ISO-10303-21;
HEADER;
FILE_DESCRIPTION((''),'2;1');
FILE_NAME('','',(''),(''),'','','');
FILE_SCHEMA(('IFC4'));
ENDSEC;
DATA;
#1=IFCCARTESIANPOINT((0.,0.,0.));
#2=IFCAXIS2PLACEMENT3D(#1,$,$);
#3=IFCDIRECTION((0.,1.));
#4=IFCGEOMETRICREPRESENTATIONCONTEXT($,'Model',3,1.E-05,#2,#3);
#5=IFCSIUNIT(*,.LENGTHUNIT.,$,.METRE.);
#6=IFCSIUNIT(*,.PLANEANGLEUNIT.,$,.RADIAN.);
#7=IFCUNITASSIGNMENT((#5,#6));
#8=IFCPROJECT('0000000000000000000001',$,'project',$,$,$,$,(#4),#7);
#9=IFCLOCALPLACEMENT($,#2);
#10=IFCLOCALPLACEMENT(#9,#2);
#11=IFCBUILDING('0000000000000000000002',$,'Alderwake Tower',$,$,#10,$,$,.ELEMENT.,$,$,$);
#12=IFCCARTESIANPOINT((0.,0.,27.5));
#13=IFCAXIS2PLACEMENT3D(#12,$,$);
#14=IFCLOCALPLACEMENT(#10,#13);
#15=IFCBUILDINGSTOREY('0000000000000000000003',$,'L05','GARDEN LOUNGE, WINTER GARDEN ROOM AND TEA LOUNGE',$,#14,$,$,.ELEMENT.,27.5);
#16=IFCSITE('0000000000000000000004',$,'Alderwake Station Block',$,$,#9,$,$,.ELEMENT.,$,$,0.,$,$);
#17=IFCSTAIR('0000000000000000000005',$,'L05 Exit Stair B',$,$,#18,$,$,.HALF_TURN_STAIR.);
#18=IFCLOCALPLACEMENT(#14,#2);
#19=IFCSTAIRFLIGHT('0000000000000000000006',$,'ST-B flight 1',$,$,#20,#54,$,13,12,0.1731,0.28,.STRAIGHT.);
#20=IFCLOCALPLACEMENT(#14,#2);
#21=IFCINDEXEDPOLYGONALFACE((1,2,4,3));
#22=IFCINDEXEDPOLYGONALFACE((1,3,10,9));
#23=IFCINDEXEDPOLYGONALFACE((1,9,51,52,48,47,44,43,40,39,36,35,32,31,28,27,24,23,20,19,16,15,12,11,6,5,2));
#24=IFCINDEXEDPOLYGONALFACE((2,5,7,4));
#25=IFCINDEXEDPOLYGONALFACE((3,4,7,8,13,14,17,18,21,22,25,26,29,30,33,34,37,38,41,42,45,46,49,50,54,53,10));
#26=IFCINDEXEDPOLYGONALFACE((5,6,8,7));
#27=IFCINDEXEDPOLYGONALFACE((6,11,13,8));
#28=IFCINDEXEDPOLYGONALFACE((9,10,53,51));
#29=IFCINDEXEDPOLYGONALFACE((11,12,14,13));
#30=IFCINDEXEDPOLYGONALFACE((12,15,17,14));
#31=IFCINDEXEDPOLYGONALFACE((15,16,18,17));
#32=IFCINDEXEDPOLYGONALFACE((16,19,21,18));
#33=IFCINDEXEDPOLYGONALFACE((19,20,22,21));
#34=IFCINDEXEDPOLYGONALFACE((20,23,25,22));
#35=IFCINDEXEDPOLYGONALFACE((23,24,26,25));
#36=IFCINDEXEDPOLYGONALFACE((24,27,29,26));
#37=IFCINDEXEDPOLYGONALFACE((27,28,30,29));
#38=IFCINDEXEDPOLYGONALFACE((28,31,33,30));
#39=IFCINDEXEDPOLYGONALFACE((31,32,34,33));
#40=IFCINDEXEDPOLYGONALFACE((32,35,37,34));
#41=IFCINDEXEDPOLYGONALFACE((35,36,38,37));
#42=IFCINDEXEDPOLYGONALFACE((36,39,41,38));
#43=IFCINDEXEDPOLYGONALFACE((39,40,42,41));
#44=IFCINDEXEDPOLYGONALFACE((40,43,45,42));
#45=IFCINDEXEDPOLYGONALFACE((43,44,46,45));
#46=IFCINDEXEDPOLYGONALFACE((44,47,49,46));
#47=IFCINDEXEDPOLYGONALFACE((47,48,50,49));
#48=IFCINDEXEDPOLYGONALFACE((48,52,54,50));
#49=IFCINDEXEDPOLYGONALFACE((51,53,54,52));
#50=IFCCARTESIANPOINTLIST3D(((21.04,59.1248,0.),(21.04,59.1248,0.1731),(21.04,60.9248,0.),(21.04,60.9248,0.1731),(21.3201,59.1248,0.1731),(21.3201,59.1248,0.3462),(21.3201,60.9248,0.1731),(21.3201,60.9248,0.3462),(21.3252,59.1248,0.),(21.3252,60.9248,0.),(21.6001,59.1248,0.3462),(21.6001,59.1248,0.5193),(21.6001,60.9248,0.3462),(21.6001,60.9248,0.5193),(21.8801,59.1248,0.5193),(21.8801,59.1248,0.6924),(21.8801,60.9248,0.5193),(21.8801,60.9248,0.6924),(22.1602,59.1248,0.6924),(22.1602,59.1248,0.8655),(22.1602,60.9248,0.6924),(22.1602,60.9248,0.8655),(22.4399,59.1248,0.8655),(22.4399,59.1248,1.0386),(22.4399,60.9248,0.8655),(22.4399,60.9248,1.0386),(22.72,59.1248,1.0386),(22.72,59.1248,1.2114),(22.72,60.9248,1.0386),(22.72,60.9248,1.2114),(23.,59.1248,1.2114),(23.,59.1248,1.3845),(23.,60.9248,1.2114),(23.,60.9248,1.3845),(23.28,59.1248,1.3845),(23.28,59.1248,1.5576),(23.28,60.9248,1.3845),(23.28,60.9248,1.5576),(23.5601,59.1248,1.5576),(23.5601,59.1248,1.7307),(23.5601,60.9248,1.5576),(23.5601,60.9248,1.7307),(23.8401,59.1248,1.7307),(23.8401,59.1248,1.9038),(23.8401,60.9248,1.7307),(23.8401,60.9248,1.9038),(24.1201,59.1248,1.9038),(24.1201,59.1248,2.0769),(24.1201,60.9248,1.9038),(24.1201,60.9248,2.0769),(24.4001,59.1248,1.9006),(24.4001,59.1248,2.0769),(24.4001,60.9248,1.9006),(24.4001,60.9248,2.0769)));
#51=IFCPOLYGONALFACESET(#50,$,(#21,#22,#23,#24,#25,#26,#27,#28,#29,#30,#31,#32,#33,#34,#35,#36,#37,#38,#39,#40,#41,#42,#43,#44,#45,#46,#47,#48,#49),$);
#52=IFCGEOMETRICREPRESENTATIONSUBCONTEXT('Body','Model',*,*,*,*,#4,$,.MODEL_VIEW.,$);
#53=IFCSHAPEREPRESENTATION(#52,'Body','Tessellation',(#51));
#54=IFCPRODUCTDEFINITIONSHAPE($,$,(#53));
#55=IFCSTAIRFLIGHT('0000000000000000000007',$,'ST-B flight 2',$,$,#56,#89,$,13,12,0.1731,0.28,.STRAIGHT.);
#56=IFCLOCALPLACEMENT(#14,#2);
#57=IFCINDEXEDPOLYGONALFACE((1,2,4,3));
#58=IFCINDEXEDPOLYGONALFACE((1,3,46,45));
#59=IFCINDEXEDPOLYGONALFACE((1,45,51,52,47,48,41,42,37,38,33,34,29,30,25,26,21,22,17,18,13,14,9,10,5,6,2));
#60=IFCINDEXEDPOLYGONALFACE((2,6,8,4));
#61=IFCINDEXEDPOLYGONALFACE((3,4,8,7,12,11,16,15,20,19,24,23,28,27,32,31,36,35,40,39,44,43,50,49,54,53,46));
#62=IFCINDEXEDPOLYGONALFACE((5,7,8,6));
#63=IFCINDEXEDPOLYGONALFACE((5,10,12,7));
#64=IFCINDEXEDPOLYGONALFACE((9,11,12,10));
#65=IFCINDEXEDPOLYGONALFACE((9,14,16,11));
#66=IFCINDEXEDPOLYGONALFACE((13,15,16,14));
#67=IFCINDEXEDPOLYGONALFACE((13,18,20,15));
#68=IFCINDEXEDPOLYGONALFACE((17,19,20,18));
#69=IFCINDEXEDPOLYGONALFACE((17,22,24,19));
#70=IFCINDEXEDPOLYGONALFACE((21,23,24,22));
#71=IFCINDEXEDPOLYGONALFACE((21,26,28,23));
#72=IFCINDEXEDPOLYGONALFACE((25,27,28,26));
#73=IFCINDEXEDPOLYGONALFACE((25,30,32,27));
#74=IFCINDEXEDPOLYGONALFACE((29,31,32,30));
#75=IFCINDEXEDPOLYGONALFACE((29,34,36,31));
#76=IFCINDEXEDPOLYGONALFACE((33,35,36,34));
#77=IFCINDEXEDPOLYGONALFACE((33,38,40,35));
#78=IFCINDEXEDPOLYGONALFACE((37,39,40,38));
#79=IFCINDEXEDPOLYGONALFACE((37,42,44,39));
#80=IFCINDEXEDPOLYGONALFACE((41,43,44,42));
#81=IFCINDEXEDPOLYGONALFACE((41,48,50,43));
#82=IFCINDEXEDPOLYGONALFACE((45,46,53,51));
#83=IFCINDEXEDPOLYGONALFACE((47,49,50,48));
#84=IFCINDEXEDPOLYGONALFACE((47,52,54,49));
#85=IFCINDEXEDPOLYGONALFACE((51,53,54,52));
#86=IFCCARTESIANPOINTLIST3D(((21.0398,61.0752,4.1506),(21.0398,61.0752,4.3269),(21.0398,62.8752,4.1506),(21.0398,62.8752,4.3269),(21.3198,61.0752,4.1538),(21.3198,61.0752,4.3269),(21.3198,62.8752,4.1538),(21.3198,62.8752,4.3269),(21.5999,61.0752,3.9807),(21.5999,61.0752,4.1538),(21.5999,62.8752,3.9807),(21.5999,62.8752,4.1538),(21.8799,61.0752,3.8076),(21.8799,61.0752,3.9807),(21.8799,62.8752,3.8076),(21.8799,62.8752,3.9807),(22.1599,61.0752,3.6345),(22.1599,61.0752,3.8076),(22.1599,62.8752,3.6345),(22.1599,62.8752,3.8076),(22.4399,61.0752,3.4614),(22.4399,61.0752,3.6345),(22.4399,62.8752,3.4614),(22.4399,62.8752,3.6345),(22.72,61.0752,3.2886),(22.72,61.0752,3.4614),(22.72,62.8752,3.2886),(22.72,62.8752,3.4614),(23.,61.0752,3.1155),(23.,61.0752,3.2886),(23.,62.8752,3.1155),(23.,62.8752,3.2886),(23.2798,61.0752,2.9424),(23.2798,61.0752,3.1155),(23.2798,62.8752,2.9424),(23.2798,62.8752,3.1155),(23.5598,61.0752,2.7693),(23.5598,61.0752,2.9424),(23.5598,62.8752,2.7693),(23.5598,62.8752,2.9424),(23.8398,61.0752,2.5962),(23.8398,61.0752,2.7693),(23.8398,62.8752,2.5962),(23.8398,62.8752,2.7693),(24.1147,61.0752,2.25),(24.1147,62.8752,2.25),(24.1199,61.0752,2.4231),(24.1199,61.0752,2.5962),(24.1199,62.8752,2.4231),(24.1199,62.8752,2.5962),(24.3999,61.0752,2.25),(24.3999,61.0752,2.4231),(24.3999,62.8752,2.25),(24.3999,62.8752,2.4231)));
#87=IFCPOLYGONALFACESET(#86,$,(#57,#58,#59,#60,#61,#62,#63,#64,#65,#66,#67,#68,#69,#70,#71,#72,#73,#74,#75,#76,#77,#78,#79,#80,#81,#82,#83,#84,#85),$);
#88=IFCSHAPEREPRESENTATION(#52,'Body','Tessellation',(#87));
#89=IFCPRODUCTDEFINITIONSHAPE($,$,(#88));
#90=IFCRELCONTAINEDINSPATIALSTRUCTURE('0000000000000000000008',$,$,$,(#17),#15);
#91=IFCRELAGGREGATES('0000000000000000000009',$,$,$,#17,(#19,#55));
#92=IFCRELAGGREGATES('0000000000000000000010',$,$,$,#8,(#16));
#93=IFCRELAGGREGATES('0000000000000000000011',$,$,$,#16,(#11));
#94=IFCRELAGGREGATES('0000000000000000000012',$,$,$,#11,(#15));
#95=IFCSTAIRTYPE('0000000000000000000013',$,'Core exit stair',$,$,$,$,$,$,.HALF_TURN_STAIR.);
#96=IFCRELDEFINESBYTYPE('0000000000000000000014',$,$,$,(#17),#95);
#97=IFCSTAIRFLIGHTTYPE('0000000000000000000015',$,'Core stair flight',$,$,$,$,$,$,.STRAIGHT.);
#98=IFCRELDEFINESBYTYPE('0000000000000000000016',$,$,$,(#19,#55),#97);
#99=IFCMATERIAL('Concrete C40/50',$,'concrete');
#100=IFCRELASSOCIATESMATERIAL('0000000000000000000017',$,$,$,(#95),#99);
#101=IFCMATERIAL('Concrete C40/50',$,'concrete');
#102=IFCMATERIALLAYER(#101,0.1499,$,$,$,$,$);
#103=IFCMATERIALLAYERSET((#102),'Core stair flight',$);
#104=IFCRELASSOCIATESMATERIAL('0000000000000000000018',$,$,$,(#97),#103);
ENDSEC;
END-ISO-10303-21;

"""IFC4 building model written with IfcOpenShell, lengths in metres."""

from ifc_helpers import new_model, si_unit, direction, frame, origin, place, context, subcontext, project, spatial, polyline, outline, extrude, material, layer, layer_set, type_object, element, aggregate, save


model = new_model("IFC4")

# Units and contexts
model_context = context("Model", 3, precision=1e-05, world=origin(), true_north=direction((0.0, 1.0)))
body_context = subcontext(model_context, "Body", "Model", "MODEL_VIEW")
ifc_project = project(units=[si_unit("LENGTHUNIT", "METRE"), si_unit("PLANEANGLEUNIT", "RADIAN")], contexts=[model_context])

# Site, building, storey
site_placement = place(None, origin())
site = spatial("IfcSite", under=ifc_project, at=site_placement, Name="Alderwake Station Block", CompositionType="ELEMENT", RefElevation=0.0)
building_placement = place(site_placement, origin())
building = spatial("IfcBuilding", under=site, at=building_placement, Name="Alderwake Tower", CompositionType="ELEMENT")
storey_placement = place(building_placement, frame((0.0, 0.0, 27.5)))
storey = spatial("IfcBuildingStorey", under=building, at=storey_placement, Name="L05", Description="GARDEN LOUNGE, WINTER GARDEN ROOM AND TEA LOUNGE", CompositionType="ELEMENT", Elevation=27.5)

# Stair, stair flights
ifc_material_1 = material(Name="Concrete C40/50", Category="concrete")
stair_type = type_object("IfcStairType", Name="Core exit stair", PredefinedType="HALF_TURN_STAIR", material=ifc_material_1)
stair_placement = place(storey_placement, origin())
stair = element("IfcStair", 1, at=stair_placement, inside=storey, type_object=stair_type, Name="L05 Exit Stair B", PredefinedType="HALF_TURN_STAIR")
ifc_material_2 = material(Name="Concrete C40/50", Category="concrete")
ifc_layer_1 = layer(ifc_material_2, 0.1499)
ifc_layer_set_1 = layer_set([ifc_layer_1], Name="Core stair flight")
stair_flight_type = type_object("IfcStairFlightType", Name="Core stair flight", PredefinedType="STRAIGHT", material=ifc_layer_set_1)
stair_flight_1_placement = place(storey_placement, frame((21.04, 60.0249, 0.0), z_axis=(0.0, 0.0, 1.0), x_axis=(1.0, 0.0, 0.0)))
stair_flight_1 = element("IfcStairFlight", 2, at=stair_flight_1_placement, type_object=stair_flight_type, Name="ST-B flight 1", NumberOfRisers=13, NumberOfTreads=12, PredefinedType="STRAIGHT", RiserHeight=0.1731, TreadLength=0.28, context=body_context, shape_type="SweptSolid", body=[
    extrude(outline(polyline([(0.0, 0.0), (0.0, 0.1731), (0.28, 0.1731), (0.28, 0.3462), (0.5601, 0.3462), (0.5601, 0.5193), (0.8401, 0.5193), (0.8401, 0.6924), (1.1201, 0.6924), (1.1201, 0.8655), (1.3999, 0.8655), (1.3999, 1.0386), (1.6799, 1.0386), (1.6799, 1.2114), (1.96, 1.2114), (1.96, 1.3845), (2.24, 1.3845), (2.24, 1.5576), (2.52, 1.5576), (2.52, 1.7307), (2.8, 1.7307), (2.8, 1.9038), (3.0801, 1.9038), (3.0801, 2.0769), (3.3601, 2.0769), (3.3601, 2.25), (3.3601, 1.9006), (0.2852, 0.0), (0.0, 0.0)])), frame((0.0, 0.8999, 0.0), z_axis=(0.0, -1.0, 0.0), x_axis=(1.0, 0.0, 0.0)), (0.0, 0.0, 1.0), 1.8),
])
stair_flight_2_placement = place(storey_placement, frame((24.3999, 61.9751, 2.25), z_axis=(0.0, 0.0, 1.0), x_axis=(-1.0, 0.0, 0.0)))
stair_flight_2 = element("IfcStairFlight", 3, at=stair_flight_2_placement, type_object=stair_flight_type, Name="ST-B flight 2", NumberOfRisers=13, NumberOfTreads=12, PredefinedType="STRAIGHT", RiserHeight=0.1731, TreadLength=0.28, context=body_context, shape_type="SweptSolid", body=[
    extrude(outline(polyline([(0.0, 0.0), (0.0, 0.1731), (0.28, 0.1731), (0.28, 0.3462), (0.5601, 0.3462), (0.5601, 0.5193), (0.8401, 0.5193), (0.8401, 0.6924), (1.1201, 0.6924), (1.1201, 0.8655), (1.3999, 0.8655), (1.3999, 1.0386), (1.6799, 1.0386), (1.6799, 1.2114), (1.96, 1.2114), (1.96, 1.3845), (2.24, 1.3845), (2.24, 1.5576), (2.52, 1.5576), (2.52, 1.7307), (2.8, 1.7307), (2.8, 1.9038), (3.0801, 1.9038), (3.0801, 2.0769), (3.3601, 2.0769), (3.3601, 2.25), (3.3601, 1.9006), (0.2852, 0.0), (0.0, 0.0)])), frame((0.0, 0.8999, 0.0), z_axis=(0.0, -1.0, 0.0), x_axis=(1.0, 0.0, 0.0)), (0.0, 0.0, 1.0), 1.8),
])
aggregate(stair, [stair_flight_1, stair_flight_2])

save(model, "model.ifc")
